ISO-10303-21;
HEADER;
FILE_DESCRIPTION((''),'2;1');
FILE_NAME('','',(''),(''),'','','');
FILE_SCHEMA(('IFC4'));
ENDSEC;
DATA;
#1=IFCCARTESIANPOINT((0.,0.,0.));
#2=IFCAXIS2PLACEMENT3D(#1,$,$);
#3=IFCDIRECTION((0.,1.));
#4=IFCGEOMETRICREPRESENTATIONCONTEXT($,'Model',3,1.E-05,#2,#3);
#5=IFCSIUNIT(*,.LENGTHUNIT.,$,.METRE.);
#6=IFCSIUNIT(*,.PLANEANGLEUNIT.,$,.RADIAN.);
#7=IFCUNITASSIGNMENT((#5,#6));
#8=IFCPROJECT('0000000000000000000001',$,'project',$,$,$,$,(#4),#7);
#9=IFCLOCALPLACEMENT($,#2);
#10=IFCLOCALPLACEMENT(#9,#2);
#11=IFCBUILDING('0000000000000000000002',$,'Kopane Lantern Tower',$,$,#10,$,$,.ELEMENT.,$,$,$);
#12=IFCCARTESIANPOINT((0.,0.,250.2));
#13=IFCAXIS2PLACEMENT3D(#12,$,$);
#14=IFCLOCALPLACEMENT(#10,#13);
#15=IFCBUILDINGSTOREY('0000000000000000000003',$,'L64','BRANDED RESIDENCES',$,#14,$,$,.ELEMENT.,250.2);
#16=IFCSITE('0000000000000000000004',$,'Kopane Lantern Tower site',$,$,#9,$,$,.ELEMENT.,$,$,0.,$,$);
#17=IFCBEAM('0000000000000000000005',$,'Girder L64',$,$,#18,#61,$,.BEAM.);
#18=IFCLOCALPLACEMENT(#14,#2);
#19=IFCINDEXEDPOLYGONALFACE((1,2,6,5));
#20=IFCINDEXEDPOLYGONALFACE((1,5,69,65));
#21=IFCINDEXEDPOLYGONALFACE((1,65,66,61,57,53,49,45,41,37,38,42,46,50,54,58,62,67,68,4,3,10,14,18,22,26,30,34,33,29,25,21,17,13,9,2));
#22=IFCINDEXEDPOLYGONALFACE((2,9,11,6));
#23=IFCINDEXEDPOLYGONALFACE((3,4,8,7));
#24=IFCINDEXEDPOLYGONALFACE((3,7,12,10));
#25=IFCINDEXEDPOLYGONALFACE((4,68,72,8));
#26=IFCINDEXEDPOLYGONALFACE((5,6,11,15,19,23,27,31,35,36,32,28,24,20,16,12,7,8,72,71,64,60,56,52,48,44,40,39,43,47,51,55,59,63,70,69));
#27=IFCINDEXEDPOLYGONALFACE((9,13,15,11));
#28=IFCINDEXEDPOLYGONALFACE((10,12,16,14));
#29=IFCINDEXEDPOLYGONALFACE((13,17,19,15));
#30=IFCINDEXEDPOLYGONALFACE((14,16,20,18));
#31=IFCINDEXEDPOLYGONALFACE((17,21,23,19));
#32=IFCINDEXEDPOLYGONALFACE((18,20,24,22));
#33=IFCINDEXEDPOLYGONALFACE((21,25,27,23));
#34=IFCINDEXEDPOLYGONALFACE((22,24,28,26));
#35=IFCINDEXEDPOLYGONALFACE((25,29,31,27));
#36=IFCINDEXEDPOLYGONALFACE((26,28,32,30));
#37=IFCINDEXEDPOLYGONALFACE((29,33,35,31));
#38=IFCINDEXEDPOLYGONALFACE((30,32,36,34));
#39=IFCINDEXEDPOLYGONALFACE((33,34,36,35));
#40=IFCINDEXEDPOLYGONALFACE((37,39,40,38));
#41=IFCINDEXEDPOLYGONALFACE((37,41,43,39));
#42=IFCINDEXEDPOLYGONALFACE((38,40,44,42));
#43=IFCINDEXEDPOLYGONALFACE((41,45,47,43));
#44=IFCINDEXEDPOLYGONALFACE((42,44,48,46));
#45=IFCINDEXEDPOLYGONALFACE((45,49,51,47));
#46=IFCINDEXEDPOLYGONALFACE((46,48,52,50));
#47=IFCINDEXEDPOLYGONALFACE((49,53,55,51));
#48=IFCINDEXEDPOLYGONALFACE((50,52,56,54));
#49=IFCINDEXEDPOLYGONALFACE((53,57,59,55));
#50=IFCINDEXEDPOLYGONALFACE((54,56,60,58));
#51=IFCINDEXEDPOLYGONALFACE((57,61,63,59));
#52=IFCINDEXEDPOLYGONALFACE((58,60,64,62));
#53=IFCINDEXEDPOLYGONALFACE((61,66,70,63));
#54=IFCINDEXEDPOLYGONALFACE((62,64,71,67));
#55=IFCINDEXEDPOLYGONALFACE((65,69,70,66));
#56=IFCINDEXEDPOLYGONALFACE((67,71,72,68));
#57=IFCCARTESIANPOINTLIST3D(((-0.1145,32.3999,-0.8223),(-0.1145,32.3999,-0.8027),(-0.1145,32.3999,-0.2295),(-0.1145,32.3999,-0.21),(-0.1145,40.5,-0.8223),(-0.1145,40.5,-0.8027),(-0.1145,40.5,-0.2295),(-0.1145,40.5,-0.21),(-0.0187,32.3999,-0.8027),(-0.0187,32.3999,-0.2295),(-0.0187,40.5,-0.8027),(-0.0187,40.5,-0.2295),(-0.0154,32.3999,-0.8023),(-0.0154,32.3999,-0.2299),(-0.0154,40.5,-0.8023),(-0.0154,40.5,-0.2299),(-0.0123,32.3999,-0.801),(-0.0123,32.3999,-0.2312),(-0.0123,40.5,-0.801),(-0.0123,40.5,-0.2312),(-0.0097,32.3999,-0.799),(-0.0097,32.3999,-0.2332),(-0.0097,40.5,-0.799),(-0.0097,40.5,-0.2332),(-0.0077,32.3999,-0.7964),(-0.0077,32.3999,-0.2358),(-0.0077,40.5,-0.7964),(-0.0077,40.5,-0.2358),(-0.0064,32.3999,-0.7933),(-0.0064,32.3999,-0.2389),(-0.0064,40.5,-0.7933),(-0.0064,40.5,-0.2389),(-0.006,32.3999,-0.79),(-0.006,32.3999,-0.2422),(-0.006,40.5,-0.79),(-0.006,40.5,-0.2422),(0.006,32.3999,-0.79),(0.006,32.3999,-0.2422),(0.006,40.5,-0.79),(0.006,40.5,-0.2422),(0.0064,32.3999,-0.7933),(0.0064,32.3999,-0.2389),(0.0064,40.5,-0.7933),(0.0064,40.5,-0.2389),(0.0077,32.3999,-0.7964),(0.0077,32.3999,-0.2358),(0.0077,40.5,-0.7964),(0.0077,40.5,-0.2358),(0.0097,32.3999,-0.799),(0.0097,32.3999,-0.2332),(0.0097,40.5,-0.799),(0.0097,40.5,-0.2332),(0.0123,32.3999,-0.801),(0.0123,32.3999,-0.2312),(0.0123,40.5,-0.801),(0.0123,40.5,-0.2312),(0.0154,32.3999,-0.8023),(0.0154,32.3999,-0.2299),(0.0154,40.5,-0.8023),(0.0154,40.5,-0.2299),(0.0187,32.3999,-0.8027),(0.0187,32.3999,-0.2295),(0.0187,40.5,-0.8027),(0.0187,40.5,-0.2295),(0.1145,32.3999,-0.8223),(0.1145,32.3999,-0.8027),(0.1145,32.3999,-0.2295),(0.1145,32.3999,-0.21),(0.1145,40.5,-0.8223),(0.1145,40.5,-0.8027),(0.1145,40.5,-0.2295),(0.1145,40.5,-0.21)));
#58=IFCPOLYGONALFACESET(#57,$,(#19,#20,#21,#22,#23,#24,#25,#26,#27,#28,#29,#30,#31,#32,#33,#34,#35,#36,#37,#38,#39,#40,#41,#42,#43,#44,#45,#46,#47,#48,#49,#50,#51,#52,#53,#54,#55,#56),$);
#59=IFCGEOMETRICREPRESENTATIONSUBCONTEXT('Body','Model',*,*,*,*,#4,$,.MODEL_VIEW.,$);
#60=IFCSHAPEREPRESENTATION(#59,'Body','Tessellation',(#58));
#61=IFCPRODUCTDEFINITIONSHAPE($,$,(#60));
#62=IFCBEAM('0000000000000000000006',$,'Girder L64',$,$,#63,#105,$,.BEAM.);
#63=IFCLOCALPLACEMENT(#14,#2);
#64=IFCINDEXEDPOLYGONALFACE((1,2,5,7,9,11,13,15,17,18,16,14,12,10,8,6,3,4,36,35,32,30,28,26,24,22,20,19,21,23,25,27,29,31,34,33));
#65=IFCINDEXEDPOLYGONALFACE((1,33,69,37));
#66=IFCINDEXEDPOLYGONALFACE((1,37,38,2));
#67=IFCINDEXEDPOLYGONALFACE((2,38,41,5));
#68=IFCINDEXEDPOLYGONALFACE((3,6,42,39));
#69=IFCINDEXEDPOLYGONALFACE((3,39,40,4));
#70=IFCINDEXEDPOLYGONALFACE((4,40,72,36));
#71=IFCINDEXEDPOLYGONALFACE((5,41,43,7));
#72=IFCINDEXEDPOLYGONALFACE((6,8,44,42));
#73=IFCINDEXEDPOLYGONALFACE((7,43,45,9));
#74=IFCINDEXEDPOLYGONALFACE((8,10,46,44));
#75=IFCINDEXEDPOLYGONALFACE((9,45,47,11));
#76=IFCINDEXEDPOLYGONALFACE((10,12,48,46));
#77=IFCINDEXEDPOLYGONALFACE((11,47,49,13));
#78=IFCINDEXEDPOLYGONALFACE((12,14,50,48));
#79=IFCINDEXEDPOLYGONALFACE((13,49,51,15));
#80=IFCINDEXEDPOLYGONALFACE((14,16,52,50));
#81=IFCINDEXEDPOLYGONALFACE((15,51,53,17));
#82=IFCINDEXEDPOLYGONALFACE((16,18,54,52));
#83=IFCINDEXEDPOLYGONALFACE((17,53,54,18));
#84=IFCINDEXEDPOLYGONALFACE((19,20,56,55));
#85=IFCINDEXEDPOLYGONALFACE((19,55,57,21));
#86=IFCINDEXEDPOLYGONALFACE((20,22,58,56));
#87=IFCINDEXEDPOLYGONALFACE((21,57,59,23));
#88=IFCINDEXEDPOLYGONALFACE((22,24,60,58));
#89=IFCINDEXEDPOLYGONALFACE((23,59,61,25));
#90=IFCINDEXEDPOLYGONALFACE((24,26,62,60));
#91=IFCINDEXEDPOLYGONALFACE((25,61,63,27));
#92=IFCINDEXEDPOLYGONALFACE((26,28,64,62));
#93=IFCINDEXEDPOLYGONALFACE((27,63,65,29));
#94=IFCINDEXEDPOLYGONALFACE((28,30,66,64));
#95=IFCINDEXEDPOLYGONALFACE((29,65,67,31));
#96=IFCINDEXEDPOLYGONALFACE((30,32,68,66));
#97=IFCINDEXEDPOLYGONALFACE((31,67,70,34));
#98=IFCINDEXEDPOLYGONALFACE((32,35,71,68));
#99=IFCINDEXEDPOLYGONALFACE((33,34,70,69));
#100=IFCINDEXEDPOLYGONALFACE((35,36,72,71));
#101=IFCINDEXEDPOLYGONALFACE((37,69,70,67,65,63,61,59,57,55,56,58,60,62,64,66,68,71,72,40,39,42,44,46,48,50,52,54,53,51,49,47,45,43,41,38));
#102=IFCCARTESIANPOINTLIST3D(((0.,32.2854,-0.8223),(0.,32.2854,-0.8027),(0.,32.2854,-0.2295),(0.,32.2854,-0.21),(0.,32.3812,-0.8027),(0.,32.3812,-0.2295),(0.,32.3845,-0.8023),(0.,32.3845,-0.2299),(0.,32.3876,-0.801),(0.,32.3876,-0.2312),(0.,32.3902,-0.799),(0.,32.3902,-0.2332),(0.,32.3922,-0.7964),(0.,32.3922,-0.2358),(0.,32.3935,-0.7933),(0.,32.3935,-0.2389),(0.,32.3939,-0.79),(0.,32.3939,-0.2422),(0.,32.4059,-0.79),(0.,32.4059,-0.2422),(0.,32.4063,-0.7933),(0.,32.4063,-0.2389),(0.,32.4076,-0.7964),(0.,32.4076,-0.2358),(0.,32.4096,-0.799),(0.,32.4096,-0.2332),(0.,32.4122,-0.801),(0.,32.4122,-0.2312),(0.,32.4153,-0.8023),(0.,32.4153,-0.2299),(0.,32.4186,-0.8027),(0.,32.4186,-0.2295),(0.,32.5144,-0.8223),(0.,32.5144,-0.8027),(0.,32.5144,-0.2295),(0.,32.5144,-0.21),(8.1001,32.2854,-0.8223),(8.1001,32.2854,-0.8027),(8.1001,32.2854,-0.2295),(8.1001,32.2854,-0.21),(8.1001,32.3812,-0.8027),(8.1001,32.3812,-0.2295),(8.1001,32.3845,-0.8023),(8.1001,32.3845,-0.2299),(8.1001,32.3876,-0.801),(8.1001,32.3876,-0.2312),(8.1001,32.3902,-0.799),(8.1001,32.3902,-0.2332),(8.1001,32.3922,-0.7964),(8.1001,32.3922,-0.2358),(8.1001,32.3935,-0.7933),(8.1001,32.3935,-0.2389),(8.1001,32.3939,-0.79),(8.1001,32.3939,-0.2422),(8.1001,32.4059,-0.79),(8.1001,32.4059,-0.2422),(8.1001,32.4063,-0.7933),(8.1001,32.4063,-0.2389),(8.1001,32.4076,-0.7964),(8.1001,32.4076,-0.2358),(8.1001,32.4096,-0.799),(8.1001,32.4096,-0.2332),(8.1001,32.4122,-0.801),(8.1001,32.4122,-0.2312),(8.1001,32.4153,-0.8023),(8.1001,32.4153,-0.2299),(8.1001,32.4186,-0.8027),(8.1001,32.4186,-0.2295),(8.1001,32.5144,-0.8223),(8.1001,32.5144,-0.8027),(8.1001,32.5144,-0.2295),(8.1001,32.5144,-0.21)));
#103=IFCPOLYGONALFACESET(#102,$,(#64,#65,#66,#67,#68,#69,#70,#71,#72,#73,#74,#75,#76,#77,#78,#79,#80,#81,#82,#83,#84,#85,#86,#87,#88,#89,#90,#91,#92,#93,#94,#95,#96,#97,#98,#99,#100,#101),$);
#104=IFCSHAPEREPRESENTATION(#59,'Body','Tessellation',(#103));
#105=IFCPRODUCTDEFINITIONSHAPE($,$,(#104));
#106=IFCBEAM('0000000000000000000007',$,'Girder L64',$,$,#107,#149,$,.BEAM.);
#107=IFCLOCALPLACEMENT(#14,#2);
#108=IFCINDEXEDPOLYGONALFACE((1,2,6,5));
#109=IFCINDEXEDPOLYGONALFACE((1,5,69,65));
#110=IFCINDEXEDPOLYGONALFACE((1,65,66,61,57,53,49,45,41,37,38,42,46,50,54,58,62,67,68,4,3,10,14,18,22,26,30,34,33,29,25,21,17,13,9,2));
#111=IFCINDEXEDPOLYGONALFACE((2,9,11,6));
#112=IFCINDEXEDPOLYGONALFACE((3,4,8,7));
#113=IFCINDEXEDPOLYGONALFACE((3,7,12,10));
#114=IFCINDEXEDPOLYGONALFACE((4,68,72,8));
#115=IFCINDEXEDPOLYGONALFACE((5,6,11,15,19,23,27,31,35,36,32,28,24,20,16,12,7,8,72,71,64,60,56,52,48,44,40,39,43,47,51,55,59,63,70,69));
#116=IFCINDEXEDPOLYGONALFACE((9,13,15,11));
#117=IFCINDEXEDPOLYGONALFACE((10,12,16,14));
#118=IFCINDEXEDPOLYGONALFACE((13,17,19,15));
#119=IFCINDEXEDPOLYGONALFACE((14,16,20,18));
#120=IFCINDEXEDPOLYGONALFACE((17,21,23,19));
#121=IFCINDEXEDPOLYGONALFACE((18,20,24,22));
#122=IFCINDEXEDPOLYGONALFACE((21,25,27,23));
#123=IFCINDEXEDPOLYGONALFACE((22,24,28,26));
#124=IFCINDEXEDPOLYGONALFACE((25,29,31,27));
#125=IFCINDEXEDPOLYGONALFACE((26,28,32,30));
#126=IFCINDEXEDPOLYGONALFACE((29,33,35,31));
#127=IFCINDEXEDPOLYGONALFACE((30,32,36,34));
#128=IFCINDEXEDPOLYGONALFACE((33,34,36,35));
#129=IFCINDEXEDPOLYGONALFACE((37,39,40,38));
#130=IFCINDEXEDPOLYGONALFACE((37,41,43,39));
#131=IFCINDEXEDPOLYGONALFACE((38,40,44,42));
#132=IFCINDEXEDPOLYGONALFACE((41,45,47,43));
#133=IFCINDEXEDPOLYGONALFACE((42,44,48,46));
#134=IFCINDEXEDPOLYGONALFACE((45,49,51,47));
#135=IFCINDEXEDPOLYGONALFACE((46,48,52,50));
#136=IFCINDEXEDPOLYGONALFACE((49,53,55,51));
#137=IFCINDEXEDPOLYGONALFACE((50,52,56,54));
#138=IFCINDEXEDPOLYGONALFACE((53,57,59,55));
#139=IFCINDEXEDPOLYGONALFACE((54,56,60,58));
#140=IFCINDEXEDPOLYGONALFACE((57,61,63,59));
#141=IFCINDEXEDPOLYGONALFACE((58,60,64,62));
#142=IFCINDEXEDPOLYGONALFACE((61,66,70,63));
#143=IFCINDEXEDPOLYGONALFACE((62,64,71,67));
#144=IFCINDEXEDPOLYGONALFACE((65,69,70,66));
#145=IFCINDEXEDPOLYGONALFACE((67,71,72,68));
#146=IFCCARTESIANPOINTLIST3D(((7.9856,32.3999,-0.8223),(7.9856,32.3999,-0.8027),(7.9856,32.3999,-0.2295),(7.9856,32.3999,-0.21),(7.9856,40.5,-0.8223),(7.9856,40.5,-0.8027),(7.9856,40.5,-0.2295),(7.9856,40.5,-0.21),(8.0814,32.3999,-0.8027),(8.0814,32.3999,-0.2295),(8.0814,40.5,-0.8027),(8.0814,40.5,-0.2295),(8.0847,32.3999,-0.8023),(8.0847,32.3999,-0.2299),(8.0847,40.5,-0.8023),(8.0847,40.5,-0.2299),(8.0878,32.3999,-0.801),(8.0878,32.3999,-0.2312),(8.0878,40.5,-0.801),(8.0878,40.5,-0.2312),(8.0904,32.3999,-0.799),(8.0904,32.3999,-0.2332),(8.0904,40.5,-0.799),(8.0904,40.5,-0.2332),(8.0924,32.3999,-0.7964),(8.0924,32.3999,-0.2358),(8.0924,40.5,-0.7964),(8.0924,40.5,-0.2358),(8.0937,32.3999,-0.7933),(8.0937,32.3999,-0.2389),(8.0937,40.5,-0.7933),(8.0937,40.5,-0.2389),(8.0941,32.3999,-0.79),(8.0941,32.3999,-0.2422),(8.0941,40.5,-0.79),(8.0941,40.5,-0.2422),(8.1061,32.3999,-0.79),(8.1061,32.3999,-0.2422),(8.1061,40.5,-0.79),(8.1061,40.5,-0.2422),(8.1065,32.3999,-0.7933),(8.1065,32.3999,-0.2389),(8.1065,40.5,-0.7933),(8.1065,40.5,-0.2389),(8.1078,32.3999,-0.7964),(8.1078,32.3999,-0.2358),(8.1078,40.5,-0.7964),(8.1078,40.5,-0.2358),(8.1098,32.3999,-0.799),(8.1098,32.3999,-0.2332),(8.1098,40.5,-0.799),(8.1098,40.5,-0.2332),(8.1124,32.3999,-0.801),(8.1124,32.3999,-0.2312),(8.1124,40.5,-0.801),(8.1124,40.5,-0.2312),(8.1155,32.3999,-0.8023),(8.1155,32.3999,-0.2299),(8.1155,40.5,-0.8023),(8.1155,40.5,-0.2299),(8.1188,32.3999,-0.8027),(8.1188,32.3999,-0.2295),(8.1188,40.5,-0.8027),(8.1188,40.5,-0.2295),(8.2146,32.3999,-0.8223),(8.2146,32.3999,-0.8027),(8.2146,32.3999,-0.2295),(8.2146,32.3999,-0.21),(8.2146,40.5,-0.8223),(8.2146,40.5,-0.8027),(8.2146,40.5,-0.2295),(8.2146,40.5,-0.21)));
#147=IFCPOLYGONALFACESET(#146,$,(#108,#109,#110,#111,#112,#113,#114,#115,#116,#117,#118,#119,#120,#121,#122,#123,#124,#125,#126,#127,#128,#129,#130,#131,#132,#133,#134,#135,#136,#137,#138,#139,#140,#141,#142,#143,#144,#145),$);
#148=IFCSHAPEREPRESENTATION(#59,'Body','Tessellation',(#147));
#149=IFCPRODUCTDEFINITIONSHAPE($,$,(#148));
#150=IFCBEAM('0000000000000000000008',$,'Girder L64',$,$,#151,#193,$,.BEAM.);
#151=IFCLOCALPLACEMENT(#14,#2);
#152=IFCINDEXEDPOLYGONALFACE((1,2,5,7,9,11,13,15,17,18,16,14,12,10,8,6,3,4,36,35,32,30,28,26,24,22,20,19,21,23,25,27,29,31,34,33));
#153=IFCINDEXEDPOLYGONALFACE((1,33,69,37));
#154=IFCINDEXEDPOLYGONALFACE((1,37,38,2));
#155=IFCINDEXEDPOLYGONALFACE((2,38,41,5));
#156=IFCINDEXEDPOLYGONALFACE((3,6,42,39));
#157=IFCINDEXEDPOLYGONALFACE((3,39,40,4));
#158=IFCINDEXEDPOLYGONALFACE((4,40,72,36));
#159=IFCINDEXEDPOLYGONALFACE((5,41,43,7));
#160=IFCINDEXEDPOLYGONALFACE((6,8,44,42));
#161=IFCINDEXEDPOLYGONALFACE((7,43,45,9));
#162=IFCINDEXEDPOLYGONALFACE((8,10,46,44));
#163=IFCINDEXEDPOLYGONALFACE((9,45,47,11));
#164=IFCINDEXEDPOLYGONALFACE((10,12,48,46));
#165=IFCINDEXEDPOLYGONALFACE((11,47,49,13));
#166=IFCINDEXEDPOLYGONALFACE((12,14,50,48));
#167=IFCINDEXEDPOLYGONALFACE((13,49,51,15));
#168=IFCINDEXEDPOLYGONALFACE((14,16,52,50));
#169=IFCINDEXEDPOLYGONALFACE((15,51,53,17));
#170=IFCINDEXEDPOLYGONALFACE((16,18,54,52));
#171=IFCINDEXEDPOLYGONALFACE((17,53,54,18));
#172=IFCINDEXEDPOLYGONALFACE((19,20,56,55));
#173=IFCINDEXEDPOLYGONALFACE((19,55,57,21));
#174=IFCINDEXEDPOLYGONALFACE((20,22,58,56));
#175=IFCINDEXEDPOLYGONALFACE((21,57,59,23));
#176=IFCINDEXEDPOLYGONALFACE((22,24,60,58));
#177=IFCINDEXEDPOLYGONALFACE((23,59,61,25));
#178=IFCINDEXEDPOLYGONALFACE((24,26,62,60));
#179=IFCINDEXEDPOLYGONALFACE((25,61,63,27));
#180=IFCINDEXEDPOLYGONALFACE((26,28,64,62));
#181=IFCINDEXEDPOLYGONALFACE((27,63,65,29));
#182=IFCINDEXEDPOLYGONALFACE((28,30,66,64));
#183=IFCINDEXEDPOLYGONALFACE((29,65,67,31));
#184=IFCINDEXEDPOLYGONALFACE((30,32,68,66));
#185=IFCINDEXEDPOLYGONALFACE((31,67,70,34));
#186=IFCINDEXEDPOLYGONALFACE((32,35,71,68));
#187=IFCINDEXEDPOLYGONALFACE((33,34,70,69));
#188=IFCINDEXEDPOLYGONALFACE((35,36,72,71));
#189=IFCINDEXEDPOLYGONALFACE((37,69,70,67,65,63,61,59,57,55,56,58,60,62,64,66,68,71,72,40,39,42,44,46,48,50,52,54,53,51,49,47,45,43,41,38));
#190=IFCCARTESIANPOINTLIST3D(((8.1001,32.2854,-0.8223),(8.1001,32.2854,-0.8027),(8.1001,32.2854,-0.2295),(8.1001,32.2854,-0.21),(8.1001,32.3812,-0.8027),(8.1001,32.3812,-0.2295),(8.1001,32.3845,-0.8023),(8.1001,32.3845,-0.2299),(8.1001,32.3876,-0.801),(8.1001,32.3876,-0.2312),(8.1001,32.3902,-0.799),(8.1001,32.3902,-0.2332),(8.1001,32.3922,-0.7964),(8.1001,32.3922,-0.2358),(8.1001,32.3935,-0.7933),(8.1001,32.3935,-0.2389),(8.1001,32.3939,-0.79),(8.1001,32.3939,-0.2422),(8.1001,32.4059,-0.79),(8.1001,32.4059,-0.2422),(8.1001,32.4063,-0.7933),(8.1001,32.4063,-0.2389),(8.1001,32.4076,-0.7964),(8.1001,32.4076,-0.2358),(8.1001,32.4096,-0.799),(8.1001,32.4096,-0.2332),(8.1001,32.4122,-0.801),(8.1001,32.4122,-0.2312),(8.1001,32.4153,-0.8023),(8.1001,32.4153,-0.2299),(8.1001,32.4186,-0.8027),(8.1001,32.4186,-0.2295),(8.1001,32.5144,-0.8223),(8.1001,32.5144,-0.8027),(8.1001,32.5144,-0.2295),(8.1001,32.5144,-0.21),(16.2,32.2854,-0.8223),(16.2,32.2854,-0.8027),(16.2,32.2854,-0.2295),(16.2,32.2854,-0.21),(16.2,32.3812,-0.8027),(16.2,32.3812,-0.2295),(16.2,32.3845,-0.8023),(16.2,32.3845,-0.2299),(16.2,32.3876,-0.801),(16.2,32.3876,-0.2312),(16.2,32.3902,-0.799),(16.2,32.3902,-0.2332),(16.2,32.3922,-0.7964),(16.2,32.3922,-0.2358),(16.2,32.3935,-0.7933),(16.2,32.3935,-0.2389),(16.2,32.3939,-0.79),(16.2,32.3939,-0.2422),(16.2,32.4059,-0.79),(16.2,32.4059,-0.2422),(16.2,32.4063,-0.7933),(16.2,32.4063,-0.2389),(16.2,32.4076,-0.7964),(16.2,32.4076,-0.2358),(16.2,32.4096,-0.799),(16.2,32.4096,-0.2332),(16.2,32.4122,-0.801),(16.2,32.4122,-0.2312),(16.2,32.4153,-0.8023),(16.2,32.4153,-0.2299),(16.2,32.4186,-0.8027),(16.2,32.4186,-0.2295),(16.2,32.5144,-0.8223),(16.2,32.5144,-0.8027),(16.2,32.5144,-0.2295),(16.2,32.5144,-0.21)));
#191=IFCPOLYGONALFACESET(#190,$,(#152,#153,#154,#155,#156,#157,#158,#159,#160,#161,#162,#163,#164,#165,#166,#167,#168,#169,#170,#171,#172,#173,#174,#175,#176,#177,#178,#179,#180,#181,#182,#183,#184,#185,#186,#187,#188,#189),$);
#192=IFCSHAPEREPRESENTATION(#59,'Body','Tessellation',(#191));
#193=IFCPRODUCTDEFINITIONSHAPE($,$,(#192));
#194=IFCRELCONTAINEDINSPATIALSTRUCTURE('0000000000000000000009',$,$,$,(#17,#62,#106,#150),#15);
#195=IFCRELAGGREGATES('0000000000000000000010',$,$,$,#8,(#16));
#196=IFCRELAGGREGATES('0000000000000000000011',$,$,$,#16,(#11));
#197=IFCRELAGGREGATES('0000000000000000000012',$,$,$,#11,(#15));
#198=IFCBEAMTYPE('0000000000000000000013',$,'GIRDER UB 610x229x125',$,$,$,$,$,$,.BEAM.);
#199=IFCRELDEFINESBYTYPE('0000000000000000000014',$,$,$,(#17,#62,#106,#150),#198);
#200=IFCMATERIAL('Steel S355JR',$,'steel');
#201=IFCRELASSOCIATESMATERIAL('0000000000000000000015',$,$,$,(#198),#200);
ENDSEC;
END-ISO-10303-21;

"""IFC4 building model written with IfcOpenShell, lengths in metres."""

from ifc_helpers import new_model, si_unit, direction, frame, origin, origin_2d, place, context, subcontext, project, spatial, i_section, extrude, material, material_profile, profile_set, type_object, element, save


model = new_model("IFC4")

# Units and contexts
model_context = context("Model", 3, precision=1e-05, world=origin(), true_north=direction((0.0, 1.0)))
body_context = subcontext(model_context, "Body", "Model", "MODEL_VIEW")
ifc_project = project(units=[si_unit("LENGTHUNIT", "METRE"), si_unit("PLANEANGLEUNIT", "RADIAN")], contexts=[model_context])

# Site, building, storey
site_placement = place(None, origin())
site = spatial("IfcSite", under=ifc_project, at=site_placement, Name="Kopane Lantern Tower site", CompositionType="ELEMENT", RefElevation=0.0)
building_placement = place(site_placement, origin())
building = spatial("IfcBuilding", under=site, at=building_placement, Name="Kopane Lantern Tower", CompositionType="ELEMENT")
storey_placement = place(building_placement, frame((0.0, 0.0, 250.2)))
storey = spatial("IfcBuildingStorey", under=building, at=storey_placement, Name="L64", Description="BRANDED RESIDENCES", CompositionType="ELEMENT", Elevation=250.2)

# Beams
ifc_material_1 = material(Name="Steel S355JR", Category="steel")
ifc_material_profile_1 = material_profile(ifc_material_1, i_section(OverallWidth=0.229, OverallDepth=0.6123, WebThickness=0.012, FlangeThickness=0.0195, FilletRadius=0.0127, at=origin_2d()), Name="UB 610x229x125")
ifc_profile_set_1 = profile_set([ifc_material_profile_1], Name="Steel S355JR")
beam_type = type_object("IfcBeamType", Name="GIRDER UB 610x229x125", PredefinedType="BEAM", material=ifc_profile_set_1)
for number, where, z_axis, x_axis, name in (
    (1, (0.0, 32.3999, -0.5161), (0.0, 1.0, 0.0), (-1.0, 0.0, 0.0), "Girder L64"),
    (2, (0.0, 32.3999, -0.5161), (1.0, 0.0, 0.0), (0.0, 1.0, 0.0), "Girder L64"),
    (3, (8.1001, 32.3999, -0.5161), (0.0, 1.0, 0.0), (-1.0, 0.0, 0.0), "Girder L64"),
):
    element("IfcBeam", number, at=place(storey_placement, frame(where, z_axis=z_axis, x_axis=x_axis)), inside=storey, type_object=beam_type, Name=name, PredefinedType="BEAM", context=body_context, shape_type="SweptSolid", body=[
        extrude(i_section(OverallWidth=0.229, OverallDepth=0.6123, WebThickness=0.012, FlangeThickness=0.0195, FilletRadius=0.0127, at=origin_2d()), origin(), (0.0, 0.0, 1.0), 8.1001),
    ])
for number, where, z_axis, x_axis, name in (
    (4, (8.1001, 32.3999, -0.5161), (1.0, 0.0, 0.0), (0.0, 1.0, 0.0), "Girder L64"),
):
    element("IfcBeam", number, at=place(storey_placement, frame(where, z_axis=z_axis, x_axis=x_axis)), inside=storey, type_object=beam_type, Name=name, PredefinedType="BEAM", context=body_context, shape_type="SweptSolid", body=[
        extrude(i_section(OverallWidth=0.229, OverallDepth=0.6123, WebThickness=0.012, FlangeThickness=0.0195, FilletRadius=0.0127, at=origin_2d()), origin(), (0.0, 0.0, 1.0), 8.0999),
    ])

save(model, "model.ifc")
